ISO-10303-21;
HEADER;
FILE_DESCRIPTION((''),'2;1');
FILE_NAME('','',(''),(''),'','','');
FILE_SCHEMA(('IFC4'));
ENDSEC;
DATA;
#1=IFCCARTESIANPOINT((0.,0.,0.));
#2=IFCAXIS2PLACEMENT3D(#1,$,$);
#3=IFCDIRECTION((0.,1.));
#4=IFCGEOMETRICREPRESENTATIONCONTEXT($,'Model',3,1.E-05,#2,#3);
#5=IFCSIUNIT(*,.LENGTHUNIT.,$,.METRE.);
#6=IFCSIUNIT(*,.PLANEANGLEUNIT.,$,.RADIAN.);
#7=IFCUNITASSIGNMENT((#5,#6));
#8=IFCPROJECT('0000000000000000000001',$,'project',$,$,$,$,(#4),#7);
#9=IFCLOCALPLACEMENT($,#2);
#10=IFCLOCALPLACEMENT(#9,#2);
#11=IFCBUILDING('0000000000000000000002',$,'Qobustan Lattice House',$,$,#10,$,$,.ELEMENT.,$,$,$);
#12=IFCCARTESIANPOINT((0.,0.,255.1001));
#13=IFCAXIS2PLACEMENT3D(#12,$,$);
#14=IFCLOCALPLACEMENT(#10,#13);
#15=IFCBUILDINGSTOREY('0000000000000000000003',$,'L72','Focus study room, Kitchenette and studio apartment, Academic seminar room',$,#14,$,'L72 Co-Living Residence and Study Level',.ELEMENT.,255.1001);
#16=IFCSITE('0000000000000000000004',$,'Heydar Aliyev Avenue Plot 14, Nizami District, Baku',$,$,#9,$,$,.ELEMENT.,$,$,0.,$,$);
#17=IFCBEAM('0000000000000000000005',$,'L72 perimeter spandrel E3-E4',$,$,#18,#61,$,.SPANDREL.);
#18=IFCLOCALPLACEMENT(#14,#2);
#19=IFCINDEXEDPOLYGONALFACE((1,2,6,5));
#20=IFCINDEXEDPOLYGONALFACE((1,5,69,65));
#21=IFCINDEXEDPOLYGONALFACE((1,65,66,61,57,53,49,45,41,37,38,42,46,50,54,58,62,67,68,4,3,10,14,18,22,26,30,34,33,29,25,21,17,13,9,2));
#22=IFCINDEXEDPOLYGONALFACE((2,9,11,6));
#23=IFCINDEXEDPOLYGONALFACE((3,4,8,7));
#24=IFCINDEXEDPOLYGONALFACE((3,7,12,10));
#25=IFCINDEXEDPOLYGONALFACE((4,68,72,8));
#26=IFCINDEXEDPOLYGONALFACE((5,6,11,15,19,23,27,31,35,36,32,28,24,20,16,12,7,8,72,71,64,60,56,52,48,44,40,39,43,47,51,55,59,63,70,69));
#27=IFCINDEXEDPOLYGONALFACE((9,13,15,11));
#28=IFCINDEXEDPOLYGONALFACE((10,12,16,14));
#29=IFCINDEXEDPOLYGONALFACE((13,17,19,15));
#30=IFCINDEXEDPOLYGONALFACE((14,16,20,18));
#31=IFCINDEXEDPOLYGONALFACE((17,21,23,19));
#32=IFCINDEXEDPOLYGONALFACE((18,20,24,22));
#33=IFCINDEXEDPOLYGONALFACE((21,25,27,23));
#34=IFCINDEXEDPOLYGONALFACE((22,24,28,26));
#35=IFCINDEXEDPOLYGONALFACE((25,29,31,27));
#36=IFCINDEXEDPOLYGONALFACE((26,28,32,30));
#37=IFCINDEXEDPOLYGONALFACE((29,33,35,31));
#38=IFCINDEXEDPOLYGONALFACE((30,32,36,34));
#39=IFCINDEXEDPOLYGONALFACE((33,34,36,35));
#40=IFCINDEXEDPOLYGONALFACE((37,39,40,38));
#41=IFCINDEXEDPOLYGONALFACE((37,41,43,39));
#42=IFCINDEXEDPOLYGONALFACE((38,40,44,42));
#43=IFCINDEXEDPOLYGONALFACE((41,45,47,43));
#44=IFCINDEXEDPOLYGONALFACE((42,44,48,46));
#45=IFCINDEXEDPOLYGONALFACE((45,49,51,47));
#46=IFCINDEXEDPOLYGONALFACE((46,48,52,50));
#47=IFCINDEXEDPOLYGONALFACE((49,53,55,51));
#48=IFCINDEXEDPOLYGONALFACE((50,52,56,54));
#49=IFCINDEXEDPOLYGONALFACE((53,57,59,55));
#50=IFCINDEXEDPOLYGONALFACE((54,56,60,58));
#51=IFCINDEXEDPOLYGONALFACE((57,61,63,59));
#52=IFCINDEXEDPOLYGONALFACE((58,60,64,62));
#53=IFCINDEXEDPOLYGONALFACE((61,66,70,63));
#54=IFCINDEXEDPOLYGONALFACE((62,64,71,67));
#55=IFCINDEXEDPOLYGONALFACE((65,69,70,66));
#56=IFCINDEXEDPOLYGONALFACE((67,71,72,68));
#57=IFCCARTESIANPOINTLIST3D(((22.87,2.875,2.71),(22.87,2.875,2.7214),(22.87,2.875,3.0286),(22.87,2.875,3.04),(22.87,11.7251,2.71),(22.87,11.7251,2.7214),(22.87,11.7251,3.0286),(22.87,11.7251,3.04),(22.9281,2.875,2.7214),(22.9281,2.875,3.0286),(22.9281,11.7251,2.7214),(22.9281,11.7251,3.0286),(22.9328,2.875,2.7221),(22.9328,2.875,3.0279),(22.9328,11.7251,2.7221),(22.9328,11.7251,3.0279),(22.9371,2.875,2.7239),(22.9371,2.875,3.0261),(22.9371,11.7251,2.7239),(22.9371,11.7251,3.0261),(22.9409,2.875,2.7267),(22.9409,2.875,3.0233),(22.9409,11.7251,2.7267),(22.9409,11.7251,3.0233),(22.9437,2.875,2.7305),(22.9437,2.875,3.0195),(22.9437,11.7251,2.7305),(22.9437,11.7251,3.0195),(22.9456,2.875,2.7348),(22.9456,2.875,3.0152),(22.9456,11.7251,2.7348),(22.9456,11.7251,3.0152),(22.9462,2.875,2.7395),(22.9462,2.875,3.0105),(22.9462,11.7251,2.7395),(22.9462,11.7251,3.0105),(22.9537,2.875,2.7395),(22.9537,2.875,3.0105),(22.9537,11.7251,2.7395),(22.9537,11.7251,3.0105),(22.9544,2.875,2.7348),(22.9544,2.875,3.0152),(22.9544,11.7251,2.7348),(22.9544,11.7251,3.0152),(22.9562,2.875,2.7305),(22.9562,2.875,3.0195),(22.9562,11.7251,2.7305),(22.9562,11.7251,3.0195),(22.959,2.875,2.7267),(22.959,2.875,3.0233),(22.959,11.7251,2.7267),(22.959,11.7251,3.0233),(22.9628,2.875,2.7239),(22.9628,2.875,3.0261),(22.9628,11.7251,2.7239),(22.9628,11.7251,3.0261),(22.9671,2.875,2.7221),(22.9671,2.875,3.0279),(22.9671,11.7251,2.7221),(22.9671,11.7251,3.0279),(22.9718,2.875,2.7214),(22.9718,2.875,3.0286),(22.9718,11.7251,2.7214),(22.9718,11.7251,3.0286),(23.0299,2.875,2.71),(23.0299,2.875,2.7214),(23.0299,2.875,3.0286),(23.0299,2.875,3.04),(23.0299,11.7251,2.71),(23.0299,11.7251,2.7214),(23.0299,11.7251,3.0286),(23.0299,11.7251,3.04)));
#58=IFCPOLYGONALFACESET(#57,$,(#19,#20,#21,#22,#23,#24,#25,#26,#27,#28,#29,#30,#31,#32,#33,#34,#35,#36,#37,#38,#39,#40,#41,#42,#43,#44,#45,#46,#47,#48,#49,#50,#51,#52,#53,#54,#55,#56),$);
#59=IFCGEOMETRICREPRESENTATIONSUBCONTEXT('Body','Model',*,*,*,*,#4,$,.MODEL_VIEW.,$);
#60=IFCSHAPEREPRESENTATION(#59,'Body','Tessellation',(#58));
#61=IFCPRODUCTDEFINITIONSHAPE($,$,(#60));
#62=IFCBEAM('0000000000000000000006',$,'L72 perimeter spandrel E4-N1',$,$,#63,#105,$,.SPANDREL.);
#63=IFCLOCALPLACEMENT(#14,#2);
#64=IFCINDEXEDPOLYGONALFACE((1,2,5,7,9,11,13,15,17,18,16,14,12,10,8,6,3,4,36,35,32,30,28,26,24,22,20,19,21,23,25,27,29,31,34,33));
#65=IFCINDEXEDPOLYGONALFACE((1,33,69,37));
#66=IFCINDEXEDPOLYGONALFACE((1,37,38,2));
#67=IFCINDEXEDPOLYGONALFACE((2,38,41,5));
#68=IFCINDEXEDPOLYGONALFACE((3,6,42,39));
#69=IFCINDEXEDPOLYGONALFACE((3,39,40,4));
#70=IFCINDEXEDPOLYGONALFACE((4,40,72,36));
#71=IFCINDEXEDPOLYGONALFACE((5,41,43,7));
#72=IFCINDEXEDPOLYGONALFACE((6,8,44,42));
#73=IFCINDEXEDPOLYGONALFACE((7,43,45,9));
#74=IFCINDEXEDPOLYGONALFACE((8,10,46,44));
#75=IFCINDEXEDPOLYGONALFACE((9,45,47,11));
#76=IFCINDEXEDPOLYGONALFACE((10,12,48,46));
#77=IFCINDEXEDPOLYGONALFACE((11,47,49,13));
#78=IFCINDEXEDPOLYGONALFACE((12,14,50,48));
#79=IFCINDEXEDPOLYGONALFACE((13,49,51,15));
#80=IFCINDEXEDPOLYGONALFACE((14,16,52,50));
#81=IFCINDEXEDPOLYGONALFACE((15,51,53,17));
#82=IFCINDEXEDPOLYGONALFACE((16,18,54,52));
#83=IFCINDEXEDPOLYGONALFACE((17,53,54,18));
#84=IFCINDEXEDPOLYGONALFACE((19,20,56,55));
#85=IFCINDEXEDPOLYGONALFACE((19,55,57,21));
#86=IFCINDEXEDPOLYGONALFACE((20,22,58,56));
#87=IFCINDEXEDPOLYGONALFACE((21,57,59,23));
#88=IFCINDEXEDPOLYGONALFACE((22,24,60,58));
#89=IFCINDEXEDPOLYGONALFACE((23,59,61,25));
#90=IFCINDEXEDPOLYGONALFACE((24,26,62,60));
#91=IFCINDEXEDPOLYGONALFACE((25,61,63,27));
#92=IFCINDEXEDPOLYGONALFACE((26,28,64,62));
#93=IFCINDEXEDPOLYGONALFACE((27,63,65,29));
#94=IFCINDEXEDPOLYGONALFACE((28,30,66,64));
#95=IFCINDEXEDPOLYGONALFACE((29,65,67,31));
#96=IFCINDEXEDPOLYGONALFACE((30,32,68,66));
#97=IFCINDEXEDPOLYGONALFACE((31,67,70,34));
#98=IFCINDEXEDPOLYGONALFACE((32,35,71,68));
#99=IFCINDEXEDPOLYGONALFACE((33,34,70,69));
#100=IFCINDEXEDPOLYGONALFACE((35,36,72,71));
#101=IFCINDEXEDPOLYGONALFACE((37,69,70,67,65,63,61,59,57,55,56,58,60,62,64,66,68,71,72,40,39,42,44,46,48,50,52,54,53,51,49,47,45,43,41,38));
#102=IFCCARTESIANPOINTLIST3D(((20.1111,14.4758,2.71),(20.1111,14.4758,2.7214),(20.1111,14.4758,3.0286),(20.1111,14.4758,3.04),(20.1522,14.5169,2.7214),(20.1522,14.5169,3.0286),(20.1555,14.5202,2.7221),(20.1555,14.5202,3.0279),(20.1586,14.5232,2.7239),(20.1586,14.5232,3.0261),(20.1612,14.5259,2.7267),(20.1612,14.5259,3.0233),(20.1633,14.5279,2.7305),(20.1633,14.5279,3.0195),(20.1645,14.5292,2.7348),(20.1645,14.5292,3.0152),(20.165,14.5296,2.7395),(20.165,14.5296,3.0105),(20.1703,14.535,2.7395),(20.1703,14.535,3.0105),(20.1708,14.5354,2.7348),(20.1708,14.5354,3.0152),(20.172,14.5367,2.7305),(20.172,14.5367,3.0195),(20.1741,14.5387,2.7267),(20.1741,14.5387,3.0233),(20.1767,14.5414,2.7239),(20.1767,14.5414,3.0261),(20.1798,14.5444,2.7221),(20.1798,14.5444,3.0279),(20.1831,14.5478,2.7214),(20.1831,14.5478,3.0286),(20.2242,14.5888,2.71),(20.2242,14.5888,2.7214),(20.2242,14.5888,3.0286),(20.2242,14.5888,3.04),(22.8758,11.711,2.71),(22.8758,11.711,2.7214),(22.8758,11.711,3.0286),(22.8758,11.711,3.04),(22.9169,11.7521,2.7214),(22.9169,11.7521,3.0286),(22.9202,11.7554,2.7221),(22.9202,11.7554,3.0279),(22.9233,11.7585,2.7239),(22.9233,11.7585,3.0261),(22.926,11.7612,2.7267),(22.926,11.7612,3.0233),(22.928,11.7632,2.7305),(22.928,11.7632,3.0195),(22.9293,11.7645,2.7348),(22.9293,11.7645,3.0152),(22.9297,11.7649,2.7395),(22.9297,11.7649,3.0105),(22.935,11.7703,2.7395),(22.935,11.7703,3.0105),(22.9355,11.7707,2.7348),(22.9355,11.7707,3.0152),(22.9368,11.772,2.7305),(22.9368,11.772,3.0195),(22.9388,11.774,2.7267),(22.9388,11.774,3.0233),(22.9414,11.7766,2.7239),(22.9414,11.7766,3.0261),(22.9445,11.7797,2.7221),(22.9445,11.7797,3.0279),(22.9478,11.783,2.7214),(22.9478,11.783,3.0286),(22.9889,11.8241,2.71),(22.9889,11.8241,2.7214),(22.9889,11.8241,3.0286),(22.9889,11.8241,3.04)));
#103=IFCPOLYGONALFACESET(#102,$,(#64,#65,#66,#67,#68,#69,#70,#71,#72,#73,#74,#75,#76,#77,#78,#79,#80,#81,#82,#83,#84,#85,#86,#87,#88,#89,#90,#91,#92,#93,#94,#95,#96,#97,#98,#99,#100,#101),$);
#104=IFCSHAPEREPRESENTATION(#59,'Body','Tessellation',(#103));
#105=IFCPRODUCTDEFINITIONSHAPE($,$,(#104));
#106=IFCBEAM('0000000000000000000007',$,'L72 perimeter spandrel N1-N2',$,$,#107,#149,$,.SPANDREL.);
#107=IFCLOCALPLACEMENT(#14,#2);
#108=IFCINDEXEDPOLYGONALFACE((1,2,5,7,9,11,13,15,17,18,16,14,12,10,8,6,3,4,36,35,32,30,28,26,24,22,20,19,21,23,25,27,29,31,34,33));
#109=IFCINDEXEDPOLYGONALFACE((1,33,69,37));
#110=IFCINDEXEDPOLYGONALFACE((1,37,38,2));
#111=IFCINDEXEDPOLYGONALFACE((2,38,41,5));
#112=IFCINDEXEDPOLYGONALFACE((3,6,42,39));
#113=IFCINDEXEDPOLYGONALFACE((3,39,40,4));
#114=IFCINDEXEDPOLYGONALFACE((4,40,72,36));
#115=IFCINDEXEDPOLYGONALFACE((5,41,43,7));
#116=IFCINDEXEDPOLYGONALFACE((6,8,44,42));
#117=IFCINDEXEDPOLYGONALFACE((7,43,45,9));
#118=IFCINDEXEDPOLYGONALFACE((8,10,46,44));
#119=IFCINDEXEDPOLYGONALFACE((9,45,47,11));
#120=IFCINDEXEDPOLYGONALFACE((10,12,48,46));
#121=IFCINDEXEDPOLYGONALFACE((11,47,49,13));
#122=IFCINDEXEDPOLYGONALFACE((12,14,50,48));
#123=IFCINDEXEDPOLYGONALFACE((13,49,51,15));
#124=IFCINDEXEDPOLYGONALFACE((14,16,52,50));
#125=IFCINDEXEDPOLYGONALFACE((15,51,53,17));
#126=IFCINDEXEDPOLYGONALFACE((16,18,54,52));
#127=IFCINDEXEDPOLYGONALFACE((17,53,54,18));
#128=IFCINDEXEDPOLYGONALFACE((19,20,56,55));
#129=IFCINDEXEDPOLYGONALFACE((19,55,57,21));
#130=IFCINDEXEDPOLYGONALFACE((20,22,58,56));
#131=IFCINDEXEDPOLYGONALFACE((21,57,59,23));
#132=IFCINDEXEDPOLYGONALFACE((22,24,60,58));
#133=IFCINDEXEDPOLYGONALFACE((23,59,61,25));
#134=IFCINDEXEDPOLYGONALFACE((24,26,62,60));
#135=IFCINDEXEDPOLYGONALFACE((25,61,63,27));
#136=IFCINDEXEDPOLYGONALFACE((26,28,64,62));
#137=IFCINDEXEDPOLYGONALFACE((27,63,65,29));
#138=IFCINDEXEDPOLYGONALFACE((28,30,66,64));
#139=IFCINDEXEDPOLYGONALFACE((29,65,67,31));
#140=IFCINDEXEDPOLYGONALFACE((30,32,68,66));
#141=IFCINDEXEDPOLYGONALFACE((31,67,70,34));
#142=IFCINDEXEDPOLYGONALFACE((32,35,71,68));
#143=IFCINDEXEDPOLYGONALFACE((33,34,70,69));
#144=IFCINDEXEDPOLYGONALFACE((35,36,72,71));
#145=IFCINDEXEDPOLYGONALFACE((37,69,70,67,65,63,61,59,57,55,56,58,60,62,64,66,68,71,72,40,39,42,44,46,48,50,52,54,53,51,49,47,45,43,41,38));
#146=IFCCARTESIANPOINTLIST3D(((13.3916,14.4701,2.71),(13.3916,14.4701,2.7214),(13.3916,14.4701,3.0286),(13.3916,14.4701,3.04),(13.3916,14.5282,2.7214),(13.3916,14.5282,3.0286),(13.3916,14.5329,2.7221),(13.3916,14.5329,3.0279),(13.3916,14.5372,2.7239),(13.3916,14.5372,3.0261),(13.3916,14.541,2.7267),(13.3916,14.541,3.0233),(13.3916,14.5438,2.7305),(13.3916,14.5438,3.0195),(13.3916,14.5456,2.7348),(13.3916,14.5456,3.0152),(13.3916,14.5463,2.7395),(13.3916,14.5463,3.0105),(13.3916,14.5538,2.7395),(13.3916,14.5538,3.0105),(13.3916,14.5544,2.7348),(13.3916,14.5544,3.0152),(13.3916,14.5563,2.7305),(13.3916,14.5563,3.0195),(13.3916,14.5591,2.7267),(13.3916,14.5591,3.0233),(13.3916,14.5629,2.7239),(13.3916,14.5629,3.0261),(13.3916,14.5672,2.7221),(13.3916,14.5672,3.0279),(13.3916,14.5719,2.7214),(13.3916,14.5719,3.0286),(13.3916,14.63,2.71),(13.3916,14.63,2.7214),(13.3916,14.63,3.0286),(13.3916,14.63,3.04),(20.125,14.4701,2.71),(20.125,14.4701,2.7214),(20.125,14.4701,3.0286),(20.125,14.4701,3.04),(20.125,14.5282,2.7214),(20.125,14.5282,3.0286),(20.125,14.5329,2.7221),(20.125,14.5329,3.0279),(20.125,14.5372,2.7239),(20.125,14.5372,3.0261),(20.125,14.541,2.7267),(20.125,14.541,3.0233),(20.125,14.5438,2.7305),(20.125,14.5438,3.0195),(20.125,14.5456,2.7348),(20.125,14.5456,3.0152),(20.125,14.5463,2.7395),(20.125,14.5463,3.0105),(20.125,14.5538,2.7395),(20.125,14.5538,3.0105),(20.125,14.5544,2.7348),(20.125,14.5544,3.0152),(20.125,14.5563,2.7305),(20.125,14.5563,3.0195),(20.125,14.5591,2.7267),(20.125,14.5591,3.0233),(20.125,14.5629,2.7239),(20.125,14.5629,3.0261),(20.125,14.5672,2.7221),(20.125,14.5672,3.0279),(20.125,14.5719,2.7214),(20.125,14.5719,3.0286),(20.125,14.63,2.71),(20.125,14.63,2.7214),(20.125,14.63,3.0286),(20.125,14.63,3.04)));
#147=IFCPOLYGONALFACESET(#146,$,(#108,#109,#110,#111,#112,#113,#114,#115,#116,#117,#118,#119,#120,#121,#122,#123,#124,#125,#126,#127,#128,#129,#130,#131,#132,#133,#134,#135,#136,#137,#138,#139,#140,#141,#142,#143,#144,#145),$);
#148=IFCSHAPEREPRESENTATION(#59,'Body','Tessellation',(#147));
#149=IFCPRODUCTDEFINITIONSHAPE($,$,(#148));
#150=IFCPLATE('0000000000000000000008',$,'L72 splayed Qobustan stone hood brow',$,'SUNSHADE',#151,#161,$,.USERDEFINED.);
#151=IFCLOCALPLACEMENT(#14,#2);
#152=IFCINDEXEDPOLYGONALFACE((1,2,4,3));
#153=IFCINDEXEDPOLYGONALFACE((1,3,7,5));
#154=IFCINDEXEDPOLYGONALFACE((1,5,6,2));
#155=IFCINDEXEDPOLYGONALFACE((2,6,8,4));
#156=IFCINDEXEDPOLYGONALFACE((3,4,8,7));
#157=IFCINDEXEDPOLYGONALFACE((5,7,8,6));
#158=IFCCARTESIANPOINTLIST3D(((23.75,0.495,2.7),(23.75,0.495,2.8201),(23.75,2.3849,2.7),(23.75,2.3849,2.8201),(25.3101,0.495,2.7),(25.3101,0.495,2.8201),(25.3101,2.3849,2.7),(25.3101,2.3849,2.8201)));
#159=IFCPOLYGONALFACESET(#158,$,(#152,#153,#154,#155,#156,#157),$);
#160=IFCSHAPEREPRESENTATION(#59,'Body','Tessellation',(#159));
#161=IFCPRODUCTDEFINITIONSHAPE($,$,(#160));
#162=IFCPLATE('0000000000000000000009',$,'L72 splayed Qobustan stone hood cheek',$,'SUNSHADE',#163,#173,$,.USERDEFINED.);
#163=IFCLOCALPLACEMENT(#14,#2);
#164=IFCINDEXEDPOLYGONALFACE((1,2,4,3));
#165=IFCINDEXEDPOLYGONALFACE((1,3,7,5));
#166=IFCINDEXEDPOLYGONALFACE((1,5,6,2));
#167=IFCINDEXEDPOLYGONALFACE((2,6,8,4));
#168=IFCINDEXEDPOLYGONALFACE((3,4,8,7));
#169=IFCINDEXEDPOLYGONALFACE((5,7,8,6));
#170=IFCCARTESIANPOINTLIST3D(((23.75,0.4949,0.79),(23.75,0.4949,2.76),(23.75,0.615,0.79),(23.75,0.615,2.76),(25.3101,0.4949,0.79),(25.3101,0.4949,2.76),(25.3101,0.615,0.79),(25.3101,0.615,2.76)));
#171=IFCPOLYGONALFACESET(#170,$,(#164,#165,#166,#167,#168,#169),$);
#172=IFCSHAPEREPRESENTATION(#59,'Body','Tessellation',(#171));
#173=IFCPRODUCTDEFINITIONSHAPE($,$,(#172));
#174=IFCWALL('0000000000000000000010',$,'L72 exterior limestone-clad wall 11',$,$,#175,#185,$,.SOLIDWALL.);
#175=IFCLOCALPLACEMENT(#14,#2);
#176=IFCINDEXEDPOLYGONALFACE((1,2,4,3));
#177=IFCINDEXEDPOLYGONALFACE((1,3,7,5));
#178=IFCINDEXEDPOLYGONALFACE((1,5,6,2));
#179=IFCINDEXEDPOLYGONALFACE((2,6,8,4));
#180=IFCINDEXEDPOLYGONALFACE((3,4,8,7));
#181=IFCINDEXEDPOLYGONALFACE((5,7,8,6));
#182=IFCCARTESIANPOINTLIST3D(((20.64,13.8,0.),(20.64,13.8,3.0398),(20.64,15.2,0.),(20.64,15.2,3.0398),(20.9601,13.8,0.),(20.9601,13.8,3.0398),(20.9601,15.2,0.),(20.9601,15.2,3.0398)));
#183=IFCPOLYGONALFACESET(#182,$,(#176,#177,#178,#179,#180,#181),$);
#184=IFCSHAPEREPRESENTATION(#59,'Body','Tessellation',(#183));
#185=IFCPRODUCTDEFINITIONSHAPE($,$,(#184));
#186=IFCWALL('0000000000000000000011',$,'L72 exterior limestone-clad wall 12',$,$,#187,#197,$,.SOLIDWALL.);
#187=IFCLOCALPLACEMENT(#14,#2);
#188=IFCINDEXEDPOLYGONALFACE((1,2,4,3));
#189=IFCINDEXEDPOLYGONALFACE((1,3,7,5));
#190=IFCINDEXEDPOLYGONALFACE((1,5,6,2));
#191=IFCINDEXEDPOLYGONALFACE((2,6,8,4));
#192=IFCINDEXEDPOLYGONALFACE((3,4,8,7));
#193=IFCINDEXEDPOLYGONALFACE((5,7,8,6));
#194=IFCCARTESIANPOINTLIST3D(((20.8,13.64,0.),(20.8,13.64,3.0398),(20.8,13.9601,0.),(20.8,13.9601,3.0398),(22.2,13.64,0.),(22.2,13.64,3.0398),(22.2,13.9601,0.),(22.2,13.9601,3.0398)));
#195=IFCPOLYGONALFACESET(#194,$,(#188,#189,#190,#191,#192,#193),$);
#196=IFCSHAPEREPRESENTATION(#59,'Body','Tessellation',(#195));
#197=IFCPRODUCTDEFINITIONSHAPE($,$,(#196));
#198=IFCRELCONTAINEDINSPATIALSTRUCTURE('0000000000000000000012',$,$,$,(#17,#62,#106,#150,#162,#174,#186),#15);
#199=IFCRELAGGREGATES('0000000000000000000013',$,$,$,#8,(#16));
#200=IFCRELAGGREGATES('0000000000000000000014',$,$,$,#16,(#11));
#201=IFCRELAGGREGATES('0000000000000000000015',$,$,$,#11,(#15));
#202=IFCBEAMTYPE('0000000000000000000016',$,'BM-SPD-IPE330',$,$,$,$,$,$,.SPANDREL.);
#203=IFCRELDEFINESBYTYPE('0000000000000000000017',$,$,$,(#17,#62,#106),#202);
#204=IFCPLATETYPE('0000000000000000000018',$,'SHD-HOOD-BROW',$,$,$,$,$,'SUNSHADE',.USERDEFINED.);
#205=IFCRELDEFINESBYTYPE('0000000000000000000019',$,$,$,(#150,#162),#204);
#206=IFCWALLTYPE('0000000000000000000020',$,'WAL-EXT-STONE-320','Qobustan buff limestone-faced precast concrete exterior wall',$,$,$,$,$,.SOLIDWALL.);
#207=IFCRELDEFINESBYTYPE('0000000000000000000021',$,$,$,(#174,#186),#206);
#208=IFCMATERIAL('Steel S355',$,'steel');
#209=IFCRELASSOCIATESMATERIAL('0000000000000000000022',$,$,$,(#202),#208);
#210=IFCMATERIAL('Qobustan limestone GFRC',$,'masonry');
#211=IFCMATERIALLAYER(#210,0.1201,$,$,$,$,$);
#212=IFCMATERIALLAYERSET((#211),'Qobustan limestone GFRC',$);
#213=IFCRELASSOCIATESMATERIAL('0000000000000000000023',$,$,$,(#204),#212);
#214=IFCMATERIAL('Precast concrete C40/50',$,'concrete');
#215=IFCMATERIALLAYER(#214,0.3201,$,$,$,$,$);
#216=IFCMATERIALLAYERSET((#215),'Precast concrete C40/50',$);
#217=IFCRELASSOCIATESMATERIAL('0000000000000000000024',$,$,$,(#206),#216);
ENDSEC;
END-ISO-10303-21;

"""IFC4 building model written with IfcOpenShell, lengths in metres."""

from ifc_helpers import new_model, si_unit, direction, frame, frame_2d, origin, origin_2d, place, context, subcontext, project, spatial, rectangle, i_section, extrude, material, layer, layer_set, material_profile, profile_set, type_object, element, save


model = new_model("IFC4")

# Units and contexts
model_context = context("Model", 3, precision=1e-05, world=origin(), true_north=direction((0.0, 1.0)))
body_context = subcontext(model_context, "Body", "Model", "MODEL_VIEW")
ifc_project = project(units=[si_unit("LENGTHUNIT", "METRE"), si_unit("PLANEANGLEUNIT", "RADIAN")], contexts=[model_context])

# Site, building, storey
site_placement = place(None, origin())
site = spatial("IfcSite", under=ifc_project, at=site_placement, Name="Heydar Aliyev Avenue Plot 14, Nizami District, Baku", CompositionType="ELEMENT", RefElevation=0.0)
building_placement = place(site_placement, origin())
building = spatial("IfcBuilding", under=site, at=building_placement, Name="Qobustan Lattice House", CompositionType="ELEMENT")
storey_placement = place(building_placement, frame((0.0, 0.0, 255.1001)))
storey = spatial("IfcBuildingStorey", under=building, at=storey_placement, Name="L72", Description="Focus study room, Kitchenette and studio apartment, Academic seminar room", LongName="L72 Co-Living Residence and Study Level", CompositionType="ELEMENT", Elevation=255.1001)

# Beams
ifc_material_1 = material(Name="Steel S355", Category="steel")
ifc_material_profile_1 = material_profile(ifc_material_1, i_section(OverallWidth=0.1599, OverallDepth=0.3301, WebThickness=0.0076, FlangeThickness=0.0115, FilletRadius=0.0181, at=origin_2d()), Name="IPE330")
ifc_profile_set_1 = profile_set([ifc_material_profile_1], Name="Steel S355")
beam_type_1 = type_object("IfcBeamType", Name="BM-SPD-IPE330", PredefinedType="SPANDREL", material=ifc_profile_set_1)
beam_1_placement = place(storey_placement, frame((22.95, 2.875, 2.875), z_axis=(0.0, 1.0, 0.0), x_axis=(-1.0, 0.0, 0.0)))
element("IfcBeam", 1, at=beam_1_placement, inside=storey, type_object=beam_type_1, Name="L72 perimeter spandrel E3-E4", PredefinedType="SPANDREL", context=body_context, shape_type="SweptSolid", body=[
    extrude(i_section(OverallWidth=0.1599, OverallDepth=0.3301, WebThickness=0.0076, FlangeThickness=0.0115, FilletRadius=0.0181, at=origin_2d()), origin(), (0.0, 0.0, 1.0), 8.8501),
])
beam_2_placement = place(storey_placement, frame((22.9324, 11.7676, 2.875), z_axis=(-0.707107, 0.707107, 0.0), x_axis=(-0.707107, -0.707107, 0.0)))
element("IfcBeam", 2, at=beam_2_placement, inside=storey, type_object=beam_type_1, Name="L72 perimeter spandrel E4-N1", PredefinedType="SPANDREL", context=body_context, shape_type="SweptSolid", body=[
    extrude(i_section(OverallWidth=0.1599, OverallDepth=0.3301, WebThickness=0.0076, FlangeThickness=0.0115, FilletRadius=0.0181, at=origin_2d()), origin(), (0.0, 0.0, 1.0), 3.9099),
])
beam_3_placement = place(storey_placement, frame((20.125, 14.55, 2.875), z_axis=(-1.0, 0.0, 0.0), x_axis=(0.0, -1.0, 0.0)))
element("IfcBeam", 3, at=beam_3_placement, inside=storey, type_object=beam_type_1, Name="L72 perimeter spandrel N1-N2", PredefinedType="SPANDREL", context=body_context, shape_type="SweptSolid", body=[
    extrude(i_section(OverallWidth=0.1599, OverallDepth=0.3301, WebThickness=0.0076, FlangeThickness=0.0115, FilletRadius=0.0181, at=origin_2d()), origin(), (0.0, 0.0, 1.0), 6.7334),
])

# Plates
ifc_material_2 = material(Name="Qobustan limestone GFRC", Category="masonry")
ifc_layer_1 = layer(ifc_material_2, 0.1201)
ifc_layer_set_1 = layer_set([ifc_layer_1], Name="Qobustan limestone GFRC")
plate_type = type_object("IfcPlateType", Name="SHD-HOOD-BROW", ElementType="SUNSHADE", PredefinedType="USERDEFINED", material=ifc_layer_set_1)
plate_1_placement = place(storey_placement, frame((24.53, 1.4399, 2.7), z_axis=(0.0, 0.0, 1.0), x_axis=(0.0, -1.0, 0.0)))
element("IfcPlate", 4, at=plate_1_placement, inside=storey, type_object=plate_type, Name="L72 splayed Qobustan stone hood brow", ObjectType="SUNSHADE", PredefinedType="USERDEFINED", context=body_context, shape_type="SweptSolid", body=[
    extrude(rectangle(XDim=1.8899, YDim=1.5601, at=origin_2d()), origin(), (0.0, 0.0, 1.0), 0.1201),
])
plate_2_placement = place(storey_placement, frame((24.53, 0.5549, 0.79), z_axis=(0.0, 0.0, 1.0), x_axis=(0.0, -1.0, 0.0)))
element("IfcPlate", 5, at=plate_2_placement, inside=storey, type_object=plate_type, Name="L72 splayed Qobustan stone hood cheek", ObjectType="SUNSHADE", PredefinedType="USERDEFINED", context=body_context, shape_type="SweptSolid", body=[
    extrude(rectangle(XDim=0.1201, YDim=1.5601, at=origin_2d()), origin(), (0.0, 0.0, 1.0), 1.97),
])

# Walls
ifc_material_3 = material(Name="Precast concrete C40/50", Category="concrete")
ifc_layer_2 = layer(ifc_material_3, 0.3201)
ifc_layer_set_2 = layer_set([ifc_layer_2], Name="Precast concrete C40/50")
wall_type_1 = type_object("IfcWallType", Name="WAL-EXT-STONE-320", Description="Qobustan buff limestone-faced precast concrete exterior wall", PredefinedType="SOLIDWALL", material=ifc_layer_set_2)
for number, where, z_axis, x_axis, name in (
    (6, (20.8, 15.2, 0.0), (0.0, 0.0, 1.0), (0.0, -1.0, 0.0), "L72 exterior limestone-clad wall 11"),
    (7, (20.8, 13.8, 0.0), (0.0, 0.0, 1.0), (1.0, 0.0, 0.0), "L72 exterior limestone-clad wall 12"),
):
    element("IfcWall", number, at=place(storey_placement, frame(where, z_axis=z_axis, x_axis=x_axis)), inside=storey, type_object=wall_type_1, Name=name, PredefinedType="SOLIDWALL", context=body_context, shape_type="SweptSolid", body=[
        extrude(rectangle(XDim=1.3999, YDim=0.3201, at=frame_2d((0.7, 0.0))), origin(), (0.0, 0.0, 1.0), 3.0398),
    ])

save(model, "model.ifc")
